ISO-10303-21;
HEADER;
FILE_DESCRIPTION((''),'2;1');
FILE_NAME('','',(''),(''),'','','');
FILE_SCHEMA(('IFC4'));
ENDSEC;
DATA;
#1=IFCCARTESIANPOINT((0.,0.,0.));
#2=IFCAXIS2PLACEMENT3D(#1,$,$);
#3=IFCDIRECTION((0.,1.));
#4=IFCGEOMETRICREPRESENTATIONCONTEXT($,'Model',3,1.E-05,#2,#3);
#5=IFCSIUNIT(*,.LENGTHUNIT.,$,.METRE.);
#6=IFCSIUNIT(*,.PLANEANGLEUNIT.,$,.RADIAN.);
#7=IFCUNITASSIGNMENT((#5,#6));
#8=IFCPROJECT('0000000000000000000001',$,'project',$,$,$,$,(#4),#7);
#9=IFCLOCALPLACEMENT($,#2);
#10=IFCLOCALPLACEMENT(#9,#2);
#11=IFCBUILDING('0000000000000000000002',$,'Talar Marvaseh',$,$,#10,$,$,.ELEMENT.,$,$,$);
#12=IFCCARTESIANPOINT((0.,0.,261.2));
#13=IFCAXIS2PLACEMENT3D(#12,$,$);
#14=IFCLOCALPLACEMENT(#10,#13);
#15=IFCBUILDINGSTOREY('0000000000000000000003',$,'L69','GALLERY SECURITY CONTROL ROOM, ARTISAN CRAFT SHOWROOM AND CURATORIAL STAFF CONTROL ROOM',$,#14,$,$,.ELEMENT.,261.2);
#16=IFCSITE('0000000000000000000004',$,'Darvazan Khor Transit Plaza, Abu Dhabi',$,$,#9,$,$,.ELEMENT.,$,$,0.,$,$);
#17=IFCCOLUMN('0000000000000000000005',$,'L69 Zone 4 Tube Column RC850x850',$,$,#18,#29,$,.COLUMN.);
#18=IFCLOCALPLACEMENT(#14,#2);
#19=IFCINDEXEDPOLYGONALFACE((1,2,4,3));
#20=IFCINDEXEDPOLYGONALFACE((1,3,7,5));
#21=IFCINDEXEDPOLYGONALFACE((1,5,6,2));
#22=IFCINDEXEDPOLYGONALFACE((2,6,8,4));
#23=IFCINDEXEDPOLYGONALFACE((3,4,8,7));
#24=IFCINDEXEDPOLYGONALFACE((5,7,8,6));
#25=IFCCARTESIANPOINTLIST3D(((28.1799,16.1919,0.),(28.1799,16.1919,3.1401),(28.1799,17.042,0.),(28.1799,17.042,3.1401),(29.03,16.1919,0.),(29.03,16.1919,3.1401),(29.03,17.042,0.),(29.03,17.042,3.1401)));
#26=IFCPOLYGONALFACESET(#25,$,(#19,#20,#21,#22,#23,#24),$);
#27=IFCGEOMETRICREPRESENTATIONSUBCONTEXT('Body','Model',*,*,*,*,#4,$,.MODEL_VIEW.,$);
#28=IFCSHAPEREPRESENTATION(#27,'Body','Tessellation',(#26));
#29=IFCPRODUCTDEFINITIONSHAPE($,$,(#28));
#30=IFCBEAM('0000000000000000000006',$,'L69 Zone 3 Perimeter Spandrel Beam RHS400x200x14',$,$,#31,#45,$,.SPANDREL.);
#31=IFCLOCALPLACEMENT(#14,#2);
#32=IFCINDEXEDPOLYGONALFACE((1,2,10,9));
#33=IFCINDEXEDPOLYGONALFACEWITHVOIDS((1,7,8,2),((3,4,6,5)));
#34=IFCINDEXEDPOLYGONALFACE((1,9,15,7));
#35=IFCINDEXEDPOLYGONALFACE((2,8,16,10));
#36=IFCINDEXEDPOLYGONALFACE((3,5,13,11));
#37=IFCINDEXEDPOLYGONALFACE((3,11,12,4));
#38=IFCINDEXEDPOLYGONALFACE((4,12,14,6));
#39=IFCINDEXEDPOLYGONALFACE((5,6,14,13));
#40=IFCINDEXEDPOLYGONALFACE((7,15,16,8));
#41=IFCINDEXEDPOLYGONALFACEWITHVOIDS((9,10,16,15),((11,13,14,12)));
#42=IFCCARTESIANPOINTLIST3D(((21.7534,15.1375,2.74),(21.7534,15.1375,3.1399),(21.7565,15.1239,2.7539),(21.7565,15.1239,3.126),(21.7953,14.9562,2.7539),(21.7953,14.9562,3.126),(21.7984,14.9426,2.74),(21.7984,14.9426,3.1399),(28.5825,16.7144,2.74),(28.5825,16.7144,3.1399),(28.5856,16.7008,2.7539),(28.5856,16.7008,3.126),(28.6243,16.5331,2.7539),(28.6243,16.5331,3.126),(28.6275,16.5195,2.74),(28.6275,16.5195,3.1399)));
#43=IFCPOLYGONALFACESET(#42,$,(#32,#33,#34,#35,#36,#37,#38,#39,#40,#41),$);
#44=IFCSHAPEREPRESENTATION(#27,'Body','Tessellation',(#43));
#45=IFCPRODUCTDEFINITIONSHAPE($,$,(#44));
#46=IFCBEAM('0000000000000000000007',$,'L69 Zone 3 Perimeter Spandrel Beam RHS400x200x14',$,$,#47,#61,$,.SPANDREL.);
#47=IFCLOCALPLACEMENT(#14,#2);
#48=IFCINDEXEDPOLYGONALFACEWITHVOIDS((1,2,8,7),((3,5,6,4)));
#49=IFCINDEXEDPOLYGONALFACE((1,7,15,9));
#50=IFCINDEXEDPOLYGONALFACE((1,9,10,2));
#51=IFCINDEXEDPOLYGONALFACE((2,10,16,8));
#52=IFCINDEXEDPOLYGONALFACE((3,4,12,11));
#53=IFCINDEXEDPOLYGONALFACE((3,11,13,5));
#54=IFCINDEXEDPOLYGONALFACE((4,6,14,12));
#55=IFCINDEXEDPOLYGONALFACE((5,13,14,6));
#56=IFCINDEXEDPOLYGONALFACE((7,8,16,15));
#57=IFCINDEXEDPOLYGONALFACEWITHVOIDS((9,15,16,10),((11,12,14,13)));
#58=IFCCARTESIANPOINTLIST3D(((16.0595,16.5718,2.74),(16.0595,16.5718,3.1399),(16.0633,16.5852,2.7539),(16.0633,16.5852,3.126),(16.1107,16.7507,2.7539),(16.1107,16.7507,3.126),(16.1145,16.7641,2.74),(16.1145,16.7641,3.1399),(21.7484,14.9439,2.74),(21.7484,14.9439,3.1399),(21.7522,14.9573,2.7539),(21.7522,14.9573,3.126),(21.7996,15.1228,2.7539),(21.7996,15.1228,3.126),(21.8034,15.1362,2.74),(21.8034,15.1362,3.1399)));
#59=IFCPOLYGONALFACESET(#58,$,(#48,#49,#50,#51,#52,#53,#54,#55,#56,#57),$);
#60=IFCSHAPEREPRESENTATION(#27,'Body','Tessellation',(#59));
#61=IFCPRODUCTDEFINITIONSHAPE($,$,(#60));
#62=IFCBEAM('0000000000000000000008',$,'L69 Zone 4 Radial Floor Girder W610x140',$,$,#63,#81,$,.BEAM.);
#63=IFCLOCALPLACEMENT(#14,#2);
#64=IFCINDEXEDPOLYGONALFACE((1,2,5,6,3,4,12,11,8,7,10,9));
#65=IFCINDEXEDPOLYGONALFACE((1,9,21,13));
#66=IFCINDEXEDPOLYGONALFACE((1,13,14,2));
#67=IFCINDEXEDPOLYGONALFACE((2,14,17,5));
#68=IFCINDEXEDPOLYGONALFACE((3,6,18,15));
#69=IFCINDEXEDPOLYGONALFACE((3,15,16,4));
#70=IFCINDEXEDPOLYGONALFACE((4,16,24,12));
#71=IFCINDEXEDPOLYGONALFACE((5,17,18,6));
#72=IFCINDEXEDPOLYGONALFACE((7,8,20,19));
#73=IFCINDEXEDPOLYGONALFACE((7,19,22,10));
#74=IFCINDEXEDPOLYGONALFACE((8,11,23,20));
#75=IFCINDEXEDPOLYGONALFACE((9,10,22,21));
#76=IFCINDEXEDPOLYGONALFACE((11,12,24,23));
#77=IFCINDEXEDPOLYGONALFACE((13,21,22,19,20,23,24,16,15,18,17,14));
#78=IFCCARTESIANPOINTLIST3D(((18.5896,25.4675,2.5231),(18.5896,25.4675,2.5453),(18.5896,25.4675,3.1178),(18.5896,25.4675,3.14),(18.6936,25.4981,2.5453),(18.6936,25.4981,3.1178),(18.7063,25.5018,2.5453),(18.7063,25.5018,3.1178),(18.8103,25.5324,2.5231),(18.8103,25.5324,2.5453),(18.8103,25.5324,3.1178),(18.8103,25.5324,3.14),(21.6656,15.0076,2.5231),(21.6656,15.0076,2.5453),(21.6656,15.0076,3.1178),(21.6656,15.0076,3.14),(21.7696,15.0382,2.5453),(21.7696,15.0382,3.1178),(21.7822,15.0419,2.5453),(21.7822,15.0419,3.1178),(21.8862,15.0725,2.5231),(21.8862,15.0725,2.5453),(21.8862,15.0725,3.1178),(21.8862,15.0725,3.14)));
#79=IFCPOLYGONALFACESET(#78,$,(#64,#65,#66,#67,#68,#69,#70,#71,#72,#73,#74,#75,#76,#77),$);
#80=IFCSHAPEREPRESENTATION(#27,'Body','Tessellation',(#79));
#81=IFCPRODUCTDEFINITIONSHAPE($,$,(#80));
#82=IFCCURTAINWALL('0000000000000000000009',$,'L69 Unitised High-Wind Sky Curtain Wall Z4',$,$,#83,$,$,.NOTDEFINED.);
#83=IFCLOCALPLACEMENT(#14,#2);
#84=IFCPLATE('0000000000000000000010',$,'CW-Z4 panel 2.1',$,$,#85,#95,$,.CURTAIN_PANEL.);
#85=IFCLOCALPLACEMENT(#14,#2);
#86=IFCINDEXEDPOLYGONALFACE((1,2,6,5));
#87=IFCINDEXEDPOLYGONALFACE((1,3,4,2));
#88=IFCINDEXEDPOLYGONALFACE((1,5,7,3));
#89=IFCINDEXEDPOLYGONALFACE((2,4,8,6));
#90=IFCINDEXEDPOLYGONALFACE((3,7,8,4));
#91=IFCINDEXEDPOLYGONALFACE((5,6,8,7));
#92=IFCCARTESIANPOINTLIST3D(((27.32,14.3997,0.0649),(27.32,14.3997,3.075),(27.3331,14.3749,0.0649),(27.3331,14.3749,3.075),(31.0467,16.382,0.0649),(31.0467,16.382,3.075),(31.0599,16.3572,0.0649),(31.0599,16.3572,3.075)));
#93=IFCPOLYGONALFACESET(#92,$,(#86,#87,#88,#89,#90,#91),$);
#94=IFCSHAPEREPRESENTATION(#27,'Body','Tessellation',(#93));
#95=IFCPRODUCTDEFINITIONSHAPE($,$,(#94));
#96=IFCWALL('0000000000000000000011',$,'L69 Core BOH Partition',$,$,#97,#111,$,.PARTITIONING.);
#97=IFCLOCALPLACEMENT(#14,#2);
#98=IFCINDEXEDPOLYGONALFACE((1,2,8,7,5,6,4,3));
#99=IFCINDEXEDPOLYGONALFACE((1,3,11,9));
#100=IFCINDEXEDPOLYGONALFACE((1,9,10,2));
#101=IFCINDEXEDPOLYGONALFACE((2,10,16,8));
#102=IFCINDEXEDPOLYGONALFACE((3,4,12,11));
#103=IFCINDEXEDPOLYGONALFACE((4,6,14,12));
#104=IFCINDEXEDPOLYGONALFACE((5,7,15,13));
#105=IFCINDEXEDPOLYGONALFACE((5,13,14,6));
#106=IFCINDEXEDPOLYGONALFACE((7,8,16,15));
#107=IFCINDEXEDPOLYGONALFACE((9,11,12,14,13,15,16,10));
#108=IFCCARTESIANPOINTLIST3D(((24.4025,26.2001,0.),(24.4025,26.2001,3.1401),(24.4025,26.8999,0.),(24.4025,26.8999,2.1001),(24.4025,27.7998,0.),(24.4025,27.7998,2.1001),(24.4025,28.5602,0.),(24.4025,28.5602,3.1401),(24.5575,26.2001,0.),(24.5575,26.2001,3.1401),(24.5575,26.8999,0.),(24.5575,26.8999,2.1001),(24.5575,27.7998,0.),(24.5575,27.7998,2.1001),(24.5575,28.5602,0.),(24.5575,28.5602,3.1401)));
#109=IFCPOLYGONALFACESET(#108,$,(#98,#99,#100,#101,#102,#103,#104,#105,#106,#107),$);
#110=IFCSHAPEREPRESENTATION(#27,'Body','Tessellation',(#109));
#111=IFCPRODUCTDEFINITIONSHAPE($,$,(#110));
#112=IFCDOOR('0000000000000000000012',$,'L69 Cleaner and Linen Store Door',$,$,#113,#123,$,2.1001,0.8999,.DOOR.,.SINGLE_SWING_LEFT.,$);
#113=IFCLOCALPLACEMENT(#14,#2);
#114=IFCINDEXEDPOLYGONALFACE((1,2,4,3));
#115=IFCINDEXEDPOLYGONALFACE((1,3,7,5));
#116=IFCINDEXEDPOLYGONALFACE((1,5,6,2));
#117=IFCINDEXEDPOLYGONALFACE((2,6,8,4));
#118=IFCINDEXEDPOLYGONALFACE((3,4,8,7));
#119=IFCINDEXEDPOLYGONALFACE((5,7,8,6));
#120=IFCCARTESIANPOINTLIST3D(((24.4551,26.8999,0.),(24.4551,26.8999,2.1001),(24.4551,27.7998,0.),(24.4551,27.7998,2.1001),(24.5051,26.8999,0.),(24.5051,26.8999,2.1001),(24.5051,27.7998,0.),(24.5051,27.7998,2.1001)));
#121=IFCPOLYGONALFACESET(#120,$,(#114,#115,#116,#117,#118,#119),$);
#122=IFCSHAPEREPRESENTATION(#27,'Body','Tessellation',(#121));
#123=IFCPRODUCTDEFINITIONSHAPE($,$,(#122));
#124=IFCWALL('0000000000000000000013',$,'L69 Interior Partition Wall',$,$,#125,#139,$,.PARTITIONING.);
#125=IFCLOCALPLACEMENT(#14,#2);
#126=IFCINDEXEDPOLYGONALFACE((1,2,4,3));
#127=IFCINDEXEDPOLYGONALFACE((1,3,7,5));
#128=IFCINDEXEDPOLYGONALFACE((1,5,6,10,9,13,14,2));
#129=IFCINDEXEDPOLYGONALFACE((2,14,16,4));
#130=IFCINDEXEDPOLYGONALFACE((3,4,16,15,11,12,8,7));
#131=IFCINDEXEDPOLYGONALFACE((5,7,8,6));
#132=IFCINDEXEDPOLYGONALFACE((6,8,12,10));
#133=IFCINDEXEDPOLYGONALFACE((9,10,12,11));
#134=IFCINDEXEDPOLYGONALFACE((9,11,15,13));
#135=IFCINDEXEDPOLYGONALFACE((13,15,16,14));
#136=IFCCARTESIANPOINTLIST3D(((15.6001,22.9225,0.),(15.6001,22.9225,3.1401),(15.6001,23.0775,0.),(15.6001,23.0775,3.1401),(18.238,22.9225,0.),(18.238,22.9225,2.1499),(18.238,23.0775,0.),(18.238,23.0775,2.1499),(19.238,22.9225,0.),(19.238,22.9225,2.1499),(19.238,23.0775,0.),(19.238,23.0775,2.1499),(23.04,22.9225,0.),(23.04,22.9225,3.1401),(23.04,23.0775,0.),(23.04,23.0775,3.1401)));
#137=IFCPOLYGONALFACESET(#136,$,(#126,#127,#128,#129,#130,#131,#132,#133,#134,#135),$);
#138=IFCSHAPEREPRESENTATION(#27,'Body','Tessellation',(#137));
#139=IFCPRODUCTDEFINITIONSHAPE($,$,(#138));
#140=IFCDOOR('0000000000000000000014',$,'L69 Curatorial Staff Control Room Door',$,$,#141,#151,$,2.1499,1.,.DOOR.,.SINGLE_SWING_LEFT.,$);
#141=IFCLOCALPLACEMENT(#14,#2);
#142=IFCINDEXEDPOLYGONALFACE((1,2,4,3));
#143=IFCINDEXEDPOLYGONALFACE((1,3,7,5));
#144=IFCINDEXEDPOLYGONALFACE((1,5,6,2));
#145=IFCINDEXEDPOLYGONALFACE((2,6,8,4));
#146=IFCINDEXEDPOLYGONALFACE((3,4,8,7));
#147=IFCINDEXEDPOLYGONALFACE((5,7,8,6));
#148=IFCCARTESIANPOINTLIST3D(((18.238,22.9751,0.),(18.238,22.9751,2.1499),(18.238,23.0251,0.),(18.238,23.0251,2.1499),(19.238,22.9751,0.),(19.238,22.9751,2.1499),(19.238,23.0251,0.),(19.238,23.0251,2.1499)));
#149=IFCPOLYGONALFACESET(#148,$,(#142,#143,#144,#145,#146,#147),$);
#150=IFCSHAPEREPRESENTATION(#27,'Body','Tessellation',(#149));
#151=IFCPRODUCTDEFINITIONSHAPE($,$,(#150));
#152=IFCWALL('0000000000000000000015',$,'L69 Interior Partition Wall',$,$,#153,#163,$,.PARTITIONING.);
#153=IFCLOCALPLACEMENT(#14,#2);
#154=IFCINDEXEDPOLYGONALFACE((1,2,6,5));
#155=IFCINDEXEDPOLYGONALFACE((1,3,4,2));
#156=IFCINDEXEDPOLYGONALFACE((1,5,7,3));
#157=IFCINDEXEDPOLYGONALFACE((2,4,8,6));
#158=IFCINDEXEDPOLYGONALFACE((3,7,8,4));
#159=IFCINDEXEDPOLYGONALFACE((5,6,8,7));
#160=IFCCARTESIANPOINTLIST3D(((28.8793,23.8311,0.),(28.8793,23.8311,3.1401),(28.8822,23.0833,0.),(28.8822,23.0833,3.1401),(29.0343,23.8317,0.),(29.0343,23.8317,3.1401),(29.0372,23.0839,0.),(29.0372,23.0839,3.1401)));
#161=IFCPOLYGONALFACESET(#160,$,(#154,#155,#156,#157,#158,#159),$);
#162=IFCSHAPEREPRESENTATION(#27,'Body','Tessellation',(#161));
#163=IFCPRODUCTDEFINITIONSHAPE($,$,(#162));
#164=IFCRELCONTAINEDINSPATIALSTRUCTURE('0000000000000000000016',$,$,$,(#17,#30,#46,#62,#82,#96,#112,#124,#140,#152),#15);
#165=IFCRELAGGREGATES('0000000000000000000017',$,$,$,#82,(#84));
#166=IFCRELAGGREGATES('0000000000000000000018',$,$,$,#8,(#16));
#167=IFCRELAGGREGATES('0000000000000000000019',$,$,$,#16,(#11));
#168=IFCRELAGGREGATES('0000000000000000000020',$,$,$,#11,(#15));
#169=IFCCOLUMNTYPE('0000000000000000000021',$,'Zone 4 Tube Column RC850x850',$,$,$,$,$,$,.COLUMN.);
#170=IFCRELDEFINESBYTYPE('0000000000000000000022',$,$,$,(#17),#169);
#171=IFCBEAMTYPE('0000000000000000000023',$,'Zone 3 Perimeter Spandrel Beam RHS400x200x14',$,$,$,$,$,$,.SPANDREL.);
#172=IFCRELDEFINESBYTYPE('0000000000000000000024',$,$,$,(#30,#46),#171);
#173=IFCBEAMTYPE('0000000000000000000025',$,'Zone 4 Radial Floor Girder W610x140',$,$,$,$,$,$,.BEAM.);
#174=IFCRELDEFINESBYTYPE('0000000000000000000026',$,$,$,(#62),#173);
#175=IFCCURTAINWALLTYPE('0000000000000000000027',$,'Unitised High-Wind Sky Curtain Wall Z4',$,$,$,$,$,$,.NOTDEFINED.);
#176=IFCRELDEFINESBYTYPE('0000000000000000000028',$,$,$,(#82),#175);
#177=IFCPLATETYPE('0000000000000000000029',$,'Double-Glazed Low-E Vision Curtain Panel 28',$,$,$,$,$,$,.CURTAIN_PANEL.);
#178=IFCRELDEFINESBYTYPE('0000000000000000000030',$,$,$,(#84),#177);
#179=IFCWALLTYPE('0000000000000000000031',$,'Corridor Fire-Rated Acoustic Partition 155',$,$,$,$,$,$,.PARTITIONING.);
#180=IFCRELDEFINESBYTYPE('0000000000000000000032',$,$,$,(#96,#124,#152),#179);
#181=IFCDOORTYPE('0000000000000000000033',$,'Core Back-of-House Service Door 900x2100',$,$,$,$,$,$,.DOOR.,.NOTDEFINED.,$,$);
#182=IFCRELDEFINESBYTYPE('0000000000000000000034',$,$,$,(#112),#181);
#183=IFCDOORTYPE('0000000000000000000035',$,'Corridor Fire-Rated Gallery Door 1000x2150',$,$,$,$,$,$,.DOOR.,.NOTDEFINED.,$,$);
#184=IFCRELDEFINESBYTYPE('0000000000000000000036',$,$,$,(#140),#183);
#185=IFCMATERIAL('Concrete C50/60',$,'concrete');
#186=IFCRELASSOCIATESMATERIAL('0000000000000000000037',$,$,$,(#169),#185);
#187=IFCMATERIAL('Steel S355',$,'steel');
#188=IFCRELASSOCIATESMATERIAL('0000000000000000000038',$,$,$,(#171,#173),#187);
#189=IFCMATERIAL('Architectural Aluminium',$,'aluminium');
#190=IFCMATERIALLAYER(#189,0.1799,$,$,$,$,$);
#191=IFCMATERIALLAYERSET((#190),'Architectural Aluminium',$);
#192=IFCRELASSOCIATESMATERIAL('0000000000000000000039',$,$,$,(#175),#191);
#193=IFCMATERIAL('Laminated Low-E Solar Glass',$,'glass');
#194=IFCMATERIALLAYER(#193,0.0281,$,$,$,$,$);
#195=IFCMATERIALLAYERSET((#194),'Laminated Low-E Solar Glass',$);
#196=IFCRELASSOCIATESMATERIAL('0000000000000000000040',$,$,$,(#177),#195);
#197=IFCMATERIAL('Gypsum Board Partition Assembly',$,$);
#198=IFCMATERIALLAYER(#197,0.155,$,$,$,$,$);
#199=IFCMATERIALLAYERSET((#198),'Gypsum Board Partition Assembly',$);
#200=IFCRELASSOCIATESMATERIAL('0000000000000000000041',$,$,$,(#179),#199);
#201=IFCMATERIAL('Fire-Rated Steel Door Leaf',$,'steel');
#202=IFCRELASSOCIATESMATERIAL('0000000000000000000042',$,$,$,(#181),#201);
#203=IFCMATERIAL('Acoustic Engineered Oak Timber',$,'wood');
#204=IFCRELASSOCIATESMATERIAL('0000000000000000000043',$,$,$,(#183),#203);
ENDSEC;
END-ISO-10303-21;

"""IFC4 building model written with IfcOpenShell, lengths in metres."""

from ifc_helpers import new_model, si_unit, direction, frame, frame_2d, origin, origin_2d, place, context, subcontext, project, spatial, rectangle, hollow_rectangle, i_section, extrude, source, transform, mapped, material, layer, layer_set, material_profile, profile_set, type_object, type_shapes, element, fill, aggregate, save


model = new_model("IFC4")

# Units and contexts
model_context = context("Model", 3, precision=1e-05, world=origin(), true_north=direction((0.0, 1.0)))
body_context = subcontext(model_context, "Body", "Model", "MODEL_VIEW")
ifc_project = project(units=[si_unit("LENGTHUNIT", "METRE"), si_unit("PLANEANGLEUNIT", "RADIAN")], contexts=[model_context])

# Site, building, storey
site_placement = place(None, origin())
site = spatial("IfcSite", under=ifc_project, at=site_placement, Name="Darvazan Khor Transit Plaza, Abu Dhabi", CompositionType="ELEMENT", RefElevation=0.0)
building_placement = place(site_placement, origin())
building = spatial("IfcBuilding", under=site, at=building_placement, Name="Talar Marvaseh", CompositionType="ELEMENT")
storey_placement = place(building_placement, frame((0.0, 0.0, 261.2)))
storey = spatial("IfcBuildingStorey", under=building, at=storey_placement, Name="L69", Description="GALLERY SECURITY CONTROL ROOM, ARTISAN CRAFT SHOWROOM AND CURATORIAL STAFF CONTROL ROOM", CompositionType="ELEMENT", Elevation=261.2)

# Column
ifc_material_1 = material(Name="Concrete C50/60", Category="concrete")
ifc_material_profile_1 = material_profile(ifc_material_1, rectangle(XDim=0.8501, YDim=0.8501, at=origin_2d()), Name="RC850x850")
ifc_profile_set_1 = profile_set([ifc_material_profile_1], Name="Concrete C50/60")
column_type = type_object("IfcColumnType", Name="Zone 4 Tube Column RC850x850", PredefinedType="COLUMN", material=ifc_profile_set_1)
column_placement = place(storey_placement, frame((28.605, 16.6169, 0.0), z_axis=(0.0, 0.0, 1.0), x_axis=(1.0, 0.0, 0.0)))
element("IfcColumn", 1, at=column_placement, inside=storey, type_object=column_type, Name="L69 Zone 4 Tube Column RC850x850", PredefinedType="COLUMN", context=body_context, shape_type="SweptSolid", body=[
    extrude(rectangle(XDim=0.8501, YDim=0.8501, at=origin_2d()), origin(), (0.0, 0.0, 1.0), 3.1401),
])

# Beams
ifc_material_2 = material(Name="Steel S355", Category="steel")
ifc_material_profile_2 = material_profile(ifc_material_2, hollow_rectangle(XDim=0.2, YDim=0.3999, WallThickness=0.0139, at=origin_2d()), Name="RHS400x200x14")
ifc_profile_set_2 = profile_set([ifc_material_profile_2], Name="Steel S355")
beam_type_1 = type_object("IfcBeamType", Name="Zone 3 Perimeter Spandrel Beam RHS400x200x14", PredefinedType="SPANDREL", material=ifc_profile_set_2)
beam_1_placement = place(storey_placement, frame((28.605, 16.6169, 2.9399), z_axis=(-0.974361, -0.224989, 0.0), x_axis=(0.224989, -0.974361, 0.0)))
element("IfcBeam", 2, at=beam_1_placement, inside=storey, type_object=beam_type_1, Name="L69 Zone 3 Perimeter Spandrel Beam RHS400x200x14", PredefinedType="SPANDREL", context=body_context, shape_type="SweptSolid", body=[
    extrude(hollow_rectangle(XDim=0.2, YDim=0.3999, WallThickness=0.0139, at=origin_2d()), origin(), (0.0, 0.0, 1.0), 7.0088),
])
beam_2_placement = place(storey_placement, frame((21.7759, 15.04, 2.9399), z_axis=(-0.961412, 0.275113, 0.0), x_axis=(-0.275113, -0.961412, 0.0)))
element("IfcBeam", 3, at=beam_2_placement, inside=storey, type_object=beam_type_1, Name="L69 Zone 3 Perimeter Spandrel Beam RHS400x200x14", PredefinedType="SPANDREL", context=body_context, shape_type="SweptSolid", body=[
    extrude(hollow_rectangle(XDim=0.2, YDim=0.3999, WallThickness=0.0139, at=origin_2d()), origin(), (0.0, 0.0, 1.0), 5.9172),
])
ifc_material_profile_3 = material_profile(ifc_material_2, i_section(OverallWidth=0.23, OverallDepth=0.6169, WebThickness=0.0132, FlangeThickness=0.0222, at=origin_2d()), Name="W610x140")
ifc_profile_set_3 = profile_set([ifc_material_profile_3], Name="Steel S355")
beam_type_2 = type_object("IfcBeamType", Name="Zone 4 Radial Floor Girder W610x140", PredefinedType="BEAM", material=ifc_profile_set_3)
beam_3_placement = place(storey_placement, frame((21.7759, 15.04, 2.8315), z_axis=(-0.282121, 0.959379, 0.0), x_axis=(-0.959379, -0.282121, 0.0)))
element("IfcBeam", 4, at=beam_3_placement, inside=storey, type_object=beam_type_2, Name="L69 Zone 4 Radial Floor Girder W610x140", PredefinedType="BEAM", context=body_context, shape_type="SweptSolid", body=[
    extrude(i_section(OverallWidth=0.23, OverallDepth=0.6169, WebThickness=0.0132, FlangeThickness=0.0222, at=origin_2d()), origin(), (0.0, 0.0, 1.0), 10.9028),
])

# Curtain wall, plate
ifc_material_3 = material(Name="Architectural Aluminium", Category="aluminium")
ifc_layer_1 = layer(ifc_material_3, 0.1799)
ifc_layer_set_1 = layer_set([ifc_layer_1], Name="Architectural Aluminium")
curtain_wall_type = type_object("IfcCurtainWallType", Name="Unitised High-Wind Sky Curtain Wall Z4", PredefinedType="NOTDEFINED", material=ifc_layer_set_1)
curtain_wall_placement = place(storey_placement, origin())
curtain_wall = element("IfcCurtainWall", 5, at=curtain_wall_placement, inside=storey, type_object=curtain_wall_type, Name="L69 Unitised High-Wind Sky Curtain Wall Z4", PredefinedType="NOTDEFINED")
ifc_material_4 = material(Name="Laminated Low-E Solar Glass", Category="glass")
ifc_layer_2 = layer(ifc_material_4, 0.0281)
ifc_layer_set_2 = layer_set([ifc_layer_2], Name="Laminated Low-E Solar Glass")
plate_type = type_object("IfcPlateType", Name="Double-Glazed Low-E Vision Curtain Panel 28", PredefinedType="CURTAIN_PANEL", material=ifc_layer_set_2)
shared_shape_1 = source(origin(), body_context, "Body", "SweptSolid", [
    extrude(rectangle(XDim=4.2212, YDim=0.0281, at=origin_2d()), origin(), (0.0, 0.0, 1.0), 3.01),
])
type_shapes(plate_type, [shared_shape_1])
plate_placement = place(storey_placement, frame((29.1899, 15.3784, 0.0649), z_axis=(0.0, 0.0, 1.0), x_axis=(-0.882877, -0.469604, 0.0)))
plate = element("IfcPlate", 6, at=plate_placement, type_object=plate_type, Name="CW-Z4 panel 2.1", PredefinedType="CURTAIN_PANEL", context=body_context, shape_type="MappedRepresentation", body=[
    mapped(shared_shape_1, transform((0.0, 0.0, 0.0), x_axis=(1.0, 0.0, 0.0), y_axis=(0.0, 1.0, 0.0), z_axis=(0.0, 0.0, 1.0), scale=1.0)),
])
aggregate(curtain_wall, [plate])

# Walls, openings, doors
ifc_material_5 = material(Name="Gypsum Board Partition Assembly")
ifc_layer_3 = layer(ifc_material_5, 0.155)
ifc_layer_set_3 = layer_set([ifc_layer_3], Name="Gypsum Board Partition Assembly")
wall_type_1 = type_object("IfcWallType", Name="Corridor Fire-Rated Acoustic Partition 155", PredefinedType="PARTITIONING", material=ifc_layer_set_3)
wall_1_placement = place(storey_placement, frame((24.48, 26.2, 0.0), z_axis=(0.0, 0.0, 1.0), x_axis=(0.0, 1.0, 0.0)))
wall_1 = element("IfcWall", 7, at=wall_1_placement, inside=storey, type_object=wall_type_1, Name="L69 Core BOH Partition", PredefinedType="PARTITIONING", context=body_context, shape_type="SweptSolid", body=[
    extrude(rectangle(XDim=2.3601, YDim=0.155, at=frame_2d((1.1802, 0.0))), origin(), (0.0, 0.0, 1.0), 3.1401),
])
opening_1_placement = place(wall_1_placement, frame((0.7, 0.0, 0.0)))
opening_1 = element("IfcOpeningElement", 8, at=opening_1_placement, cuts=wall_1, PredefinedType="OPENING", context=body_context, shape_type="SweptSolid", body=[
    extrude(rectangle(XDim=0.8999, YDim=2.1001, at=frame_2d((0.45, 1.05))), frame((0.0, 0.0874, 0.0), z_axis=(0.0, -1.0, 0.0), x_axis=(1.0, 0.0, 0.0)), (0.0, 0.0, 1.0), 0.175),
])
ifc_material_6 = material(Name="Fire-Rated Steel Door Leaf", Category="steel")
door_type_1 = type_object("IfcDoorType", Name="Core Back-of-House Service Door 900x2100", OperationType="NOTDEFINED", PredefinedType="DOOR", material=ifc_material_6)
shared_shape_2 = source(origin(), body_context, "Body", "SweptSolid", [
    extrude(rectangle(XDim=0.8999, YDim=2.1001, at=frame_2d((0.45, 1.05))), frame((0.0, 0.0249, 0.0), z_axis=(0.0, -1.0, 0.0), x_axis=(1.0, 0.0, 0.0)), (0.0, 0.0, 1.0), 0.05),
])
type_shapes(door_type_1, [shared_shape_2])
door_1_placement = place(opening_1_placement, origin())
door_1 = element("IfcDoor", 9, at=door_1_placement, inside=storey, type_object=door_type_1, Name="L69 Cleaner and Linen Store Door", OperationType="SINGLE_SWING_LEFT", OverallHeight=2.1001, OverallWidth=0.8999, PredefinedType="DOOR", context=body_context, shape_type="MappedRepresentation", body=[
    mapped(shared_shape_2, transform((0.0, 0.0, 0.0), x_axis=(1.0, 0.0, 0.0), y_axis=(0.0, 1.0, 0.0), z_axis=(0.0, 0.0, 1.0), scale=1.0)),
])
fill(opening_1, door_1)
wall_2_placement = place(storey_placement, frame((23.04, 23.0, 0.0), z_axis=(0.0, 0.0, 1.0), x_axis=(-1.0, 0.0, 0.0)))
wall_2 = element("IfcWall", 10, at=wall_2_placement, inside=storey, type_object=wall_type_1, Name="L69 Interior Partition Wall", PredefinedType="PARTITIONING", context=body_context, shape_type="SweptSolid", body=[
    extrude(rectangle(XDim=7.4399, YDim=0.155, at=frame_2d((3.72, 0.0))), origin(), (0.0, 0.0, 1.0), 3.1401),
])
opening_2_placement = place(wall_2_placement, frame((3.802, 0.0, 0.0)))
opening_2 = element("IfcOpeningElement", 11, at=opening_2_placement, cuts=wall_2, PredefinedType="OPENING", context=body_context, shape_type="SweptSolid", body=[
    extrude(rectangle(XDim=1.0, YDim=2.1499, at=frame_2d((0.5, 1.075))), frame((0.0, 0.0874, 0.0), z_axis=(0.0, -1.0, 0.0), x_axis=(1.0, 0.0, 0.0)), (0.0, 0.0, 1.0), 0.175),
])
ifc_material_7 = material(Name="Acoustic Engineered Oak Timber", Category="wood")
door_type_2 = type_object("IfcDoorType", Name="Corridor Fire-Rated Gallery Door 1000x2150", OperationType="NOTDEFINED", PredefinedType="DOOR", material=ifc_material_7)
shared_shape_3 = source(origin(), body_context, "Body", "SweptSolid", [
    extrude(rectangle(XDim=1.0, YDim=2.1499, at=frame_2d((0.5, 1.075))), frame((0.0, 0.0249, 0.0), z_axis=(0.0, -1.0, 0.0), x_axis=(1.0, 0.0, 0.0)), (0.0, 0.0, 1.0), 0.05),
])
type_shapes(door_type_2, [shared_shape_3])
door_2_placement = place(opening_2_placement, origin())
door_2 = element("IfcDoor", 12, at=door_2_placement, inside=storey, type_object=door_type_2, Name="L69 Curatorial Staff Control Room Door", OperationType="SINGLE_SWING_LEFT", OverallHeight=2.1499, OverallWidth=1.0, PredefinedType="DOOR", context=body_context, shape_type="MappedRepresentation", body=[
    mapped(shared_shape_3, transform((0.0, 0.0, 0.0), x_axis=(1.0, 0.0, 0.0), y_axis=(0.0, 1.0, 0.0), z_axis=(0.0, 0.0, 1.0), scale=1.0)),
])
fill(opening_2, door_2)

# Wall
wall_3_placement = place(storey_placement, frame((28.9597, 23.0835, 0.0), z_axis=(0.0, 0.0, 1.0), x_axis=(-0.003918, 0.999992, 0.0)))
element("IfcWall", 13, at=wall_3_placement, inside=storey, type_object=wall_type_1, Name="L69 Interior Partition Wall", PredefinedType="PARTITIONING", context=body_context, shape_type="SweptSolid", body=[
    extrude(rectangle(XDim=0.7478, YDim=0.155, at=frame_2d((0.374, 0.0))), origin(), (0.0, 0.0, 1.0), 3.1401),
])

save(model, "model.ifc")
